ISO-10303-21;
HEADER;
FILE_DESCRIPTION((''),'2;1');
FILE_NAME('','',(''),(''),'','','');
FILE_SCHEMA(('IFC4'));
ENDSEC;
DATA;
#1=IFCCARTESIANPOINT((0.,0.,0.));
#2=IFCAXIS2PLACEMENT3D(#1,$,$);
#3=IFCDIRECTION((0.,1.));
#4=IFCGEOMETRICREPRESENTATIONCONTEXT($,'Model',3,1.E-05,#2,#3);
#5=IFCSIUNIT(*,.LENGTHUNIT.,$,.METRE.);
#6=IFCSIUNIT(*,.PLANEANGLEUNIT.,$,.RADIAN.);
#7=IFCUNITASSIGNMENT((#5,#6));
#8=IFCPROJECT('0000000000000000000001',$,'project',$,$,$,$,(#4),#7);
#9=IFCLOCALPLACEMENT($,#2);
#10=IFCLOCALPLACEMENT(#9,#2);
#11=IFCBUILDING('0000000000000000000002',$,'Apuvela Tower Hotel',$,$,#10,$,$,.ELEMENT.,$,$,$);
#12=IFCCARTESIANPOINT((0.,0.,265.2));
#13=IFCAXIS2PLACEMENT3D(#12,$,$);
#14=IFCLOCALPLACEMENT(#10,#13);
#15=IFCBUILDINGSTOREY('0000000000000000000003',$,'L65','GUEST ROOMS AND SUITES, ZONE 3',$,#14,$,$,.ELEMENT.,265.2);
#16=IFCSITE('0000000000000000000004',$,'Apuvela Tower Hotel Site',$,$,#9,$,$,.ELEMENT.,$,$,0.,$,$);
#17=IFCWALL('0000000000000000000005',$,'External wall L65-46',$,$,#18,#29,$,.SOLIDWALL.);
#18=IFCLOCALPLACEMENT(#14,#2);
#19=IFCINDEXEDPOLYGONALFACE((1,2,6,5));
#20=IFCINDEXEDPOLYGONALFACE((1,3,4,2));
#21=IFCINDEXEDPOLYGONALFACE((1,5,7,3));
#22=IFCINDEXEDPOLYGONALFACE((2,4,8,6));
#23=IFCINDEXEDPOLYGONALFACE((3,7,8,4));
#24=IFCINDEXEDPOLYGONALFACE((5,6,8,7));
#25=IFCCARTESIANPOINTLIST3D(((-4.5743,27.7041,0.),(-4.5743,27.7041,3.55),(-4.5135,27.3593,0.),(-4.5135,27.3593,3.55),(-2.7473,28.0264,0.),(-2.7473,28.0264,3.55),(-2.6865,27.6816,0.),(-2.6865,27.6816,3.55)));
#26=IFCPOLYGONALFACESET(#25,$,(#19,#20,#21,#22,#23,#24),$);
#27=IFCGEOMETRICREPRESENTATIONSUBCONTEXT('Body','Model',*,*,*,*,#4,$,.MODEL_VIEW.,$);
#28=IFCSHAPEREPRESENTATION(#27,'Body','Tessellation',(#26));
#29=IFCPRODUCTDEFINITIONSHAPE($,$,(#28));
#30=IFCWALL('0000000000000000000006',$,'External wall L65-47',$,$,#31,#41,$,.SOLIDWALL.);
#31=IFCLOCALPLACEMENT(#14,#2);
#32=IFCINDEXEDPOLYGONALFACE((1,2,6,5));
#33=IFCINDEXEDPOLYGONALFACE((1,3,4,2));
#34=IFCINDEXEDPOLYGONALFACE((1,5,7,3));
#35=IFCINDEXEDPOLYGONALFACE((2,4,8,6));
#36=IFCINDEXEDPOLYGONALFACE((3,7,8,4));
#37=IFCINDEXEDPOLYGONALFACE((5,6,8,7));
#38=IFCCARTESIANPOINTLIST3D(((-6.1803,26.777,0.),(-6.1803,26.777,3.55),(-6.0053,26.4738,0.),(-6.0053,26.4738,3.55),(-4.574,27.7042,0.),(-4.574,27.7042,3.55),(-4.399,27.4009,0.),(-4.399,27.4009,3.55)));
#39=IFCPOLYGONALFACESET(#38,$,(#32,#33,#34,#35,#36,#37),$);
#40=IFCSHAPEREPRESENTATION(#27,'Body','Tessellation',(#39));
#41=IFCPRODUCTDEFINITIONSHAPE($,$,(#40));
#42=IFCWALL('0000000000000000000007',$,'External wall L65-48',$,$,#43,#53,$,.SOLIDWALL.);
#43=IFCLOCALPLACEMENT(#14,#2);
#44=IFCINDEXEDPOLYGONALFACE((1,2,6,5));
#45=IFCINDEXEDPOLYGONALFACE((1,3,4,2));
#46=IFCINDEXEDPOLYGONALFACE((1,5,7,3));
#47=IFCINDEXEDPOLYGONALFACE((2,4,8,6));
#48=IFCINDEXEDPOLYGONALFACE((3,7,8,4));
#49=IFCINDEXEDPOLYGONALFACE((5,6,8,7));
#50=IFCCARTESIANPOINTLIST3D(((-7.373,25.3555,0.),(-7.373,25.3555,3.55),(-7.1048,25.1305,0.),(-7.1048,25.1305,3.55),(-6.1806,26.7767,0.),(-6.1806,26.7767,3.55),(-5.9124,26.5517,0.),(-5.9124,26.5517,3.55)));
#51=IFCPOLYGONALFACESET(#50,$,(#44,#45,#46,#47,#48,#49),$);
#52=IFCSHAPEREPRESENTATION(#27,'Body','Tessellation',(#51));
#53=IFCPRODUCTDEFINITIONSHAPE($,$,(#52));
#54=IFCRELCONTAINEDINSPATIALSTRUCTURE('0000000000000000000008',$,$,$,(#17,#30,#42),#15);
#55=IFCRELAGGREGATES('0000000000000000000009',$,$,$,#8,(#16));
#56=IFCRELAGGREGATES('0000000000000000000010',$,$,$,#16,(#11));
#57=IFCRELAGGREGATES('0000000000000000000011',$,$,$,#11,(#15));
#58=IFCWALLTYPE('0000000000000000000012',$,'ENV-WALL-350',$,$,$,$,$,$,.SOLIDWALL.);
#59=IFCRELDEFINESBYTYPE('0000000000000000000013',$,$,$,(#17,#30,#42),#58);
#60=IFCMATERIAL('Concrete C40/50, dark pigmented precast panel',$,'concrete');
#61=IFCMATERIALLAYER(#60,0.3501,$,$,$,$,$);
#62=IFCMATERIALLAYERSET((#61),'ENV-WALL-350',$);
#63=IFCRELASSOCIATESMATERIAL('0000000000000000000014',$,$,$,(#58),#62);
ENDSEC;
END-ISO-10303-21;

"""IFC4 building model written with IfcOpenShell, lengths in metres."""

from ifc_helpers import new_model, si_unit, direction, frame, frame_2d, origin, place, context, subcontext, project, spatial, rectangle, extrude, material, layer, layer_set, type_object, element, save


model = new_model("IFC4")

# Units and contexts
model_context = context("Model", 3, precision=1e-05, world=origin(), true_north=direction((0.0, 1.0)))
body_context = subcontext(model_context, "Body", "Model", "MODEL_VIEW")
ifc_project = project(units=[si_unit("LENGTHUNIT", "METRE"), si_unit("PLANEANGLEUNIT", "RADIAN")], contexts=[model_context])

# Site, building, storey
site_placement = place(None, origin())
site = spatial("IfcSite", under=ifc_project, at=site_placement, Name="Apuvela Tower Hotel Site", CompositionType="ELEMENT", RefElevation=0.0)
building_placement = place(site_placement, origin())
building = spatial("IfcBuilding", under=site, at=building_placement, Name="Apuvela Tower Hotel", CompositionType="ELEMENT")
storey_placement = place(building_placement, frame((0.0, 0.0, 265.2)))
storey = spatial("IfcBuildingStorey", under=building, at=storey_placement, Name="L65", Description="GUEST ROOMS AND SUITES, ZONE 3", CompositionType="ELEMENT", Elevation=265.2)

# Shared definitions
ifc_material_1 = material(Name="Concrete C40/50, dark pigmented precast panel", Category="concrete")
ifc_layer_1 = layer(ifc_material_1, 0.3501)
ifc_layer_set_1 = layer_set([ifc_layer_1], Name="ENV-WALL-350")
wall_type_1 = type_object("IfcWallType", Name="ENV-WALL-350", PredefinedType="SOLIDWALL", material=ifc_layer_set_1)

# Walls
wall_1_placement = place(storey_placement, frame((-2.7168, 27.854, 0.0), z_axis=(0.0, 0.0, 1.0), x_axis=(-0.984795, -0.173718, 0.0)))
element("IfcWall", 1, at=wall_1_placement, inside=storey, type_object=wall_type_1, Name="External wall L65-46", PredefinedType="SOLIDWALL", context=body_context, shape_type="SweptSolid", body=[
    extrude(rectangle(XDim=1.8552, YDim=0.3501, at=frame_2d((0.9277, 0.0))), origin(), (0.0, 0.0, 1.0), 3.55),
])
wall_2_placement = place(storey_placement, frame((-4.4866, 27.5525, 0.0), z_axis=(0.0, 0.0, 1.0), x_axis=(-0.86608, -0.499905, 0.0)))
element("IfcWall", 2, at=wall_2_placement, inside=storey, type_object=wall_type_1, Name="External wall L65-47", PredefinedType="SOLIDWALL", context=body_context, shape_type="SweptSolid", body=[
    extrude(rectangle(XDim=1.8547, YDim=0.3501, at=frame_2d((0.9272, 0.0))), origin(), (0.0, 0.0, 1.0), 3.55),
])
wall_3_placement = place(storey_placement, frame((-6.0464, 26.6643, 0.0), z_axis=(0.0, 0.0, 1.0), x_axis=(-0.642757, -0.76607, 0.0)))
element("IfcWall", 3, at=wall_3_placement, inside=storey, type_object=wall_type_1, Name="External wall L65-48", PredefinedType="SOLIDWALL", context=body_context, shape_type="SweptSolid", body=[
    extrude(rectangle(XDim=1.8552, YDim=0.3501, at=frame_2d((0.9277, 0.0))), origin(), (0.0, 0.0, 1.0), 3.55),
])

save(model, "model.ifc")
